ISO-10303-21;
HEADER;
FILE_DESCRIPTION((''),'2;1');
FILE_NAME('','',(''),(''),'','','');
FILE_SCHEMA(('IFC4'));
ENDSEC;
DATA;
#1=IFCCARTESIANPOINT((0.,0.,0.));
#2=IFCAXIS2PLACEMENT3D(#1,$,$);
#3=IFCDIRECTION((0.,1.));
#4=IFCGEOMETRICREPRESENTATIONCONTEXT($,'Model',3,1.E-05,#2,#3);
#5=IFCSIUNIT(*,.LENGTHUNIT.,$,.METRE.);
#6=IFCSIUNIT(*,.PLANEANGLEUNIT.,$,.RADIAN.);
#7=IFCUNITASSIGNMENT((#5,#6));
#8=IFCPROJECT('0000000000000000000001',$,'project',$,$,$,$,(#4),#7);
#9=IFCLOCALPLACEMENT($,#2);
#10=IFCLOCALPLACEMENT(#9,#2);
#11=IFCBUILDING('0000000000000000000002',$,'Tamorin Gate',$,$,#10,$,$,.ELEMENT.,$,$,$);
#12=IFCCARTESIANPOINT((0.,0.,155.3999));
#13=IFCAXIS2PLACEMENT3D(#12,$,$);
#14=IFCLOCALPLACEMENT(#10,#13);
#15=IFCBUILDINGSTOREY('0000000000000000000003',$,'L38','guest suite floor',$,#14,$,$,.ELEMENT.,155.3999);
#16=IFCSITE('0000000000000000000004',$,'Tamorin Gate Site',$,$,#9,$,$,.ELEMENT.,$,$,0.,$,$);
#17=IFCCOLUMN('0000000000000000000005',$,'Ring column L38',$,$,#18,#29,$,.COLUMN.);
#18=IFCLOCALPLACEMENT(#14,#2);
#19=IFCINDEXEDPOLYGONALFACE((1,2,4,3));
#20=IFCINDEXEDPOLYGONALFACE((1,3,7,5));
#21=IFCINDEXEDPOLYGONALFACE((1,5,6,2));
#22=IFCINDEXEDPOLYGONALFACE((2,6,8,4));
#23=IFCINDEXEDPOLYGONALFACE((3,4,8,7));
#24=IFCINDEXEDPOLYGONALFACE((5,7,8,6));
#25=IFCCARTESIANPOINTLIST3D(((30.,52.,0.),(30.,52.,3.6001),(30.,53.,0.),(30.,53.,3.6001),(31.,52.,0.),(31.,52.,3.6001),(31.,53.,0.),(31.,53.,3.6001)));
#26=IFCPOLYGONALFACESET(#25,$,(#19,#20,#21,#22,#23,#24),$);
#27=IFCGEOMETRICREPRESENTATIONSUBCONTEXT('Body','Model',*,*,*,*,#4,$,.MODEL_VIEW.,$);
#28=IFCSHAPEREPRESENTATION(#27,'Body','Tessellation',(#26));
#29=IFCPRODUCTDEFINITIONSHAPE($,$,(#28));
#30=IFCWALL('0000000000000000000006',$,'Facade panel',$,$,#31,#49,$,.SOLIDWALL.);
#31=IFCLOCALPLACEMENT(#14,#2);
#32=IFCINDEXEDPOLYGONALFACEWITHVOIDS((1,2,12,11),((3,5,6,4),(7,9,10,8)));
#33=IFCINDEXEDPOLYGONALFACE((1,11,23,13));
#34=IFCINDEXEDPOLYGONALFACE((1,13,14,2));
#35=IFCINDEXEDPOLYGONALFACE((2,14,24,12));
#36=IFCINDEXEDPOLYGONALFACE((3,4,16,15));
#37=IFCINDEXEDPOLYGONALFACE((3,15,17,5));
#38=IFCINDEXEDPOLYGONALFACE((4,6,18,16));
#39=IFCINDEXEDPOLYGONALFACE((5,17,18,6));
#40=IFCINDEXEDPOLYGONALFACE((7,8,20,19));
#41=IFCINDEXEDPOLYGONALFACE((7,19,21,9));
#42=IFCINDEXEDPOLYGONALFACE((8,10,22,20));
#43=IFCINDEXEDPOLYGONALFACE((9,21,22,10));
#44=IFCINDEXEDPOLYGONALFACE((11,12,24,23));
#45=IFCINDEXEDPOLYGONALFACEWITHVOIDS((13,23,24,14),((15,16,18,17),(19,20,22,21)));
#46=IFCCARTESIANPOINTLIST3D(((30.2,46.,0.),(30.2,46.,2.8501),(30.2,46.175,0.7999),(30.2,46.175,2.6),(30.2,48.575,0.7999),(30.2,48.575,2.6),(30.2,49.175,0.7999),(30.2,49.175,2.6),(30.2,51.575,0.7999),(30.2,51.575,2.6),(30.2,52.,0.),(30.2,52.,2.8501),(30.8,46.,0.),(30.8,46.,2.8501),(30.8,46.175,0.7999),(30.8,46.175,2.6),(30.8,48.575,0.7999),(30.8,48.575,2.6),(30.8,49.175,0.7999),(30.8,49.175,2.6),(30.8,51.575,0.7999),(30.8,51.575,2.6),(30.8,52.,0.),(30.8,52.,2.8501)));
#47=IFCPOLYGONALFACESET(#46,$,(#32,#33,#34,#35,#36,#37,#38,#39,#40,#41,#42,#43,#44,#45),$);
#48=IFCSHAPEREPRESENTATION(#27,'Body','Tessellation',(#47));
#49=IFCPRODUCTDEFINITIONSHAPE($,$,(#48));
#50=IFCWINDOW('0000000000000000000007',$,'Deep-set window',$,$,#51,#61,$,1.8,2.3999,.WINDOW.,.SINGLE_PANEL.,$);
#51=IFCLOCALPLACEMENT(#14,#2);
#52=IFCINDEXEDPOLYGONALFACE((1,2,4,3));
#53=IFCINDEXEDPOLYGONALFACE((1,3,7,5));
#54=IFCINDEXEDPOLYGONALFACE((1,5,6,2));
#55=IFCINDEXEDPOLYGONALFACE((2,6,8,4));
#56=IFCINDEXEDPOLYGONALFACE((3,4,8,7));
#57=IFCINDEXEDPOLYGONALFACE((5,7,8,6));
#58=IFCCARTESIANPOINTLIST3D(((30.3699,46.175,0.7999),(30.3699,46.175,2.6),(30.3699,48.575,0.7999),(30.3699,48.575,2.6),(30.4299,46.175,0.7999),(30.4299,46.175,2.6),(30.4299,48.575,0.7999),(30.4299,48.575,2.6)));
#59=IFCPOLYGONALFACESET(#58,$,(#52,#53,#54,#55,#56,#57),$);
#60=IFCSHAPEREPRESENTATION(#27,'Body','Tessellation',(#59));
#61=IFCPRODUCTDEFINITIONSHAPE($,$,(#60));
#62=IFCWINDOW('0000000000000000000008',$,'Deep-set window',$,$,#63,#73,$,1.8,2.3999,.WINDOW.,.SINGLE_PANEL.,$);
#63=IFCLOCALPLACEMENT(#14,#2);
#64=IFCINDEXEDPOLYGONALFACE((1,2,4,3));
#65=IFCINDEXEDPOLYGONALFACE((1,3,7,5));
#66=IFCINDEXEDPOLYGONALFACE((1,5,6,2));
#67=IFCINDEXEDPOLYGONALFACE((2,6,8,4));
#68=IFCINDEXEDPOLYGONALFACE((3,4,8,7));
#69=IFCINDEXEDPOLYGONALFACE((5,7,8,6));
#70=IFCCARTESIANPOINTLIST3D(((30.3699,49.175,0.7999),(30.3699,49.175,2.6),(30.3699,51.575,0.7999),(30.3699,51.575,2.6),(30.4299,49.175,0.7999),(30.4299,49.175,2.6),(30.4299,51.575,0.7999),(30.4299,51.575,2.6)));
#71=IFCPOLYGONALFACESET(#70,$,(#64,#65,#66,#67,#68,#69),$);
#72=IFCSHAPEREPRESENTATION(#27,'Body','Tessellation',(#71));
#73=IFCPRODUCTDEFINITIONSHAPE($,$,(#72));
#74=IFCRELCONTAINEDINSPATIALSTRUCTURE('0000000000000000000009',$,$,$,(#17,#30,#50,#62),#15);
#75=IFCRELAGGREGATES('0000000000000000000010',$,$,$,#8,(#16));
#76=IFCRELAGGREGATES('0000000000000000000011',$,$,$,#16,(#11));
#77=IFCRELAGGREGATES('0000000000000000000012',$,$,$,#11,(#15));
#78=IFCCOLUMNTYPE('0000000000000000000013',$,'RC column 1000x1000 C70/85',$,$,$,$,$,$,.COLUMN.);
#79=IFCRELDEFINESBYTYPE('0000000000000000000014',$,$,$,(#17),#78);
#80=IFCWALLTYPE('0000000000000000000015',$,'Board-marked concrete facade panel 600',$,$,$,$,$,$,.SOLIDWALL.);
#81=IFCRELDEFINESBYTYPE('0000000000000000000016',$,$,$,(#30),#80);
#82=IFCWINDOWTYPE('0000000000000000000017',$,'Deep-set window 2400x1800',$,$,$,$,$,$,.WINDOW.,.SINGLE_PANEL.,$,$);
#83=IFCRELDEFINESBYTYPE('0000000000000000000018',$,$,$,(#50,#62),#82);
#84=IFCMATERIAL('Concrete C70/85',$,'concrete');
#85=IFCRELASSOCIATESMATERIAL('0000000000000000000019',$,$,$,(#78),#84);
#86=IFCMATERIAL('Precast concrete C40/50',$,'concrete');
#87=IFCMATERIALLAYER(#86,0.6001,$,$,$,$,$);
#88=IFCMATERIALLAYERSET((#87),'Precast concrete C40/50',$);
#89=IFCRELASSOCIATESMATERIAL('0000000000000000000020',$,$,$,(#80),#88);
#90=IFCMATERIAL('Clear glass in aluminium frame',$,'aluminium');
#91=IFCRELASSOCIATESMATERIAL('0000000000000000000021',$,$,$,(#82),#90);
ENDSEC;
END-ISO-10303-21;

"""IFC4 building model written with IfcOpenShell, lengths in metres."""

from ifc_helpers import new_model, si_unit, direction, frame, frame_2d, origin, origin_2d, place, context, subcontext, project, spatial, rectangle, extrude, material, layer, layer_set, material_profile, profile_set, type_object, element, fill, save


model = new_model("IFC4")

# Units and contexts
model_context = context("Model", 3, precision=1e-05, world=origin(), true_north=direction((0.0, 1.0)))
body_context = subcontext(model_context, "Body", "Model", "MODEL_VIEW")
ifc_project = project(units=[si_unit("LENGTHUNIT", "METRE"), si_unit("PLANEANGLEUNIT", "RADIAN")], contexts=[model_context])

# Site, building, storey
site_placement = place(None, origin())
site = spatial("IfcSite", under=ifc_project, at=site_placement, Name="Tamorin Gate Site", CompositionType="ELEMENT", RefElevation=0.0)
building_placement = place(site_placement, origin())
building = spatial("IfcBuilding", under=site, at=building_placement, Name="Tamorin Gate", CompositionType="ELEMENT")
storey_placement = place(building_placement, frame((0.0, 0.0, 155.3999)))
storey = spatial("IfcBuildingStorey", under=building, at=storey_placement, Name="L38", Description="guest suite floor", CompositionType="ELEMENT", Elevation=155.3999)

# Column
ifc_material_1 = material(Name="Concrete C70/85", Category="concrete")
ifc_material_profile = material_profile(ifc_material_1, rectangle(XDim=1.0, YDim=1.0, at=origin_2d()), Name="RC 1000x1000")
ifc_profile_set = profile_set([ifc_material_profile], Name="Concrete C70/85")
column_type = type_object("IfcColumnType", Name="RC column 1000x1000 C70/85", PredefinedType="COLUMN", material=ifc_profile_set)
column_placement = place(storey_placement, frame((30.5, 52.5, 0.0), z_axis=(0.0, 0.0, 1.0), x_axis=(1.0, 0.0, 0.0)))
element("IfcColumn", 1, at=column_placement, inside=storey, type_object=column_type, Name="Ring column L38", PredefinedType="COLUMN", context=body_context, shape_type="SweptSolid", body=[
    extrude(rectangle(XDim=1.0, YDim=1.0, at=origin_2d()), origin(), (0.0, 0.0, 1.0), 3.6001),
])

# Wall, openings, windows
ifc_material_2 = material(Name="Precast concrete C40/50", Category="concrete")
ifc_layer_1 = layer(ifc_material_2, 0.6001)
ifc_layer_set_1 = layer_set([ifc_layer_1], Name="Precast concrete C40/50")
wall_type_1 = type_object("IfcWallType", Name="Board-marked concrete facade panel 600", PredefinedType="SOLIDWALL", material=ifc_layer_set_1)
wall_1_placement = place(storey_placement, frame((30.5, 52.0, 0.0), z_axis=(0.0, 0.0, 1.0), x_axis=(0.0, -1.0, 0.0)))
wall_1 = element("IfcWall", 2, at=wall_1_placement, inside=storey, type_object=wall_type_1, Name="Facade panel", PredefinedType="SOLIDWALL", context=body_context, shape_type="SweptSolid", body=[
    extrude(rectangle(XDim=6.0, YDim=0.6001, at=frame_2d((3.0, 0.0))), origin(), (0.0, 0.0, 1.0), 2.8501),
])
opening_1_placement = place(wall_1_placement, frame((3.425, 0.0, 0.8)))
opening_1 = element("IfcOpeningElement", 3, at=opening_1_placement, cuts=wall_1, PredefinedType="OPENING", context=body_context, shape_type="SweptSolid", body=[
    extrude(rectangle(XDim=2.3999, YDim=1.8, at=frame_2d((1.2, 0.8999))), frame((0.0, 0.3101, 0.0), z_axis=(0.0, -1.0, 0.0), x_axis=(1.0, 0.0, 0.0)), (0.0, 0.0, 1.0), 0.6201),
])
opening_2_placement = place(wall_1_placement, frame((0.425, 0.0, 0.8)))
opening_2 = element("IfcOpeningElement", 4, at=opening_2_placement, cuts=wall_1, PredefinedType="OPENING", context=body_context, shape_type="SweptSolid", body=[
    extrude(rectangle(XDim=2.3999, YDim=1.8, at=frame_2d((1.2, 0.8999))), frame((0.0, 0.3101, 0.0), z_axis=(0.0, -1.0, 0.0), x_axis=(1.0, 0.0, 0.0)), (0.0, 0.0, 1.0), 0.6201),
])
ifc_material_3 = material(Name="Clear glass in aluminium frame", Category="aluminium")
window_type = type_object("IfcWindowType", Name="Deep-set window 2400x1800", PartitioningType="SINGLE_PANEL", PredefinedType="WINDOW", material=ifc_material_3)
window_1_placement = place(opening_1_placement, origin())
window_1 = element("IfcWindow", 5, at=window_1_placement, inside=storey, type_object=window_type, Name="Deep-set window", OverallHeight=1.8, OverallWidth=2.3999, PartitioningType="SINGLE_PANEL", PredefinedType="WINDOW", context=body_context, shape_type="SweptSolid", body=[
    extrude(rectangle(XDim=2.3999, YDim=1.8, at=frame_2d((1.2, 0.8999))), frame((0.0, -0.0701, 0.0), z_axis=(0.0, -1.0, 0.0), x_axis=(1.0, 0.0, 0.0)), (0.0, 0.0, 1.0), 0.0601),
])
fill(opening_1, window_1)
window_2_placement = place(opening_2_placement, origin())
window_2 = element("IfcWindow", 6, at=window_2_placement, inside=storey, type_object=window_type, Name="Deep-set window", OverallHeight=1.8, OverallWidth=2.3999, PartitioningType="SINGLE_PANEL", PredefinedType="WINDOW", context=body_context, shape_type="SweptSolid", body=[
    extrude(rectangle(XDim=2.3999, YDim=1.8, at=frame_2d((1.2, 0.8999))), frame((0.0, -0.0701, 0.0), z_axis=(0.0, -1.0, 0.0), x_axis=(1.0, 0.0, 0.0)), (0.0, 0.0, 1.0), 0.0601),
])
fill(opening_2, window_2)

save(model, "model.ifc")
